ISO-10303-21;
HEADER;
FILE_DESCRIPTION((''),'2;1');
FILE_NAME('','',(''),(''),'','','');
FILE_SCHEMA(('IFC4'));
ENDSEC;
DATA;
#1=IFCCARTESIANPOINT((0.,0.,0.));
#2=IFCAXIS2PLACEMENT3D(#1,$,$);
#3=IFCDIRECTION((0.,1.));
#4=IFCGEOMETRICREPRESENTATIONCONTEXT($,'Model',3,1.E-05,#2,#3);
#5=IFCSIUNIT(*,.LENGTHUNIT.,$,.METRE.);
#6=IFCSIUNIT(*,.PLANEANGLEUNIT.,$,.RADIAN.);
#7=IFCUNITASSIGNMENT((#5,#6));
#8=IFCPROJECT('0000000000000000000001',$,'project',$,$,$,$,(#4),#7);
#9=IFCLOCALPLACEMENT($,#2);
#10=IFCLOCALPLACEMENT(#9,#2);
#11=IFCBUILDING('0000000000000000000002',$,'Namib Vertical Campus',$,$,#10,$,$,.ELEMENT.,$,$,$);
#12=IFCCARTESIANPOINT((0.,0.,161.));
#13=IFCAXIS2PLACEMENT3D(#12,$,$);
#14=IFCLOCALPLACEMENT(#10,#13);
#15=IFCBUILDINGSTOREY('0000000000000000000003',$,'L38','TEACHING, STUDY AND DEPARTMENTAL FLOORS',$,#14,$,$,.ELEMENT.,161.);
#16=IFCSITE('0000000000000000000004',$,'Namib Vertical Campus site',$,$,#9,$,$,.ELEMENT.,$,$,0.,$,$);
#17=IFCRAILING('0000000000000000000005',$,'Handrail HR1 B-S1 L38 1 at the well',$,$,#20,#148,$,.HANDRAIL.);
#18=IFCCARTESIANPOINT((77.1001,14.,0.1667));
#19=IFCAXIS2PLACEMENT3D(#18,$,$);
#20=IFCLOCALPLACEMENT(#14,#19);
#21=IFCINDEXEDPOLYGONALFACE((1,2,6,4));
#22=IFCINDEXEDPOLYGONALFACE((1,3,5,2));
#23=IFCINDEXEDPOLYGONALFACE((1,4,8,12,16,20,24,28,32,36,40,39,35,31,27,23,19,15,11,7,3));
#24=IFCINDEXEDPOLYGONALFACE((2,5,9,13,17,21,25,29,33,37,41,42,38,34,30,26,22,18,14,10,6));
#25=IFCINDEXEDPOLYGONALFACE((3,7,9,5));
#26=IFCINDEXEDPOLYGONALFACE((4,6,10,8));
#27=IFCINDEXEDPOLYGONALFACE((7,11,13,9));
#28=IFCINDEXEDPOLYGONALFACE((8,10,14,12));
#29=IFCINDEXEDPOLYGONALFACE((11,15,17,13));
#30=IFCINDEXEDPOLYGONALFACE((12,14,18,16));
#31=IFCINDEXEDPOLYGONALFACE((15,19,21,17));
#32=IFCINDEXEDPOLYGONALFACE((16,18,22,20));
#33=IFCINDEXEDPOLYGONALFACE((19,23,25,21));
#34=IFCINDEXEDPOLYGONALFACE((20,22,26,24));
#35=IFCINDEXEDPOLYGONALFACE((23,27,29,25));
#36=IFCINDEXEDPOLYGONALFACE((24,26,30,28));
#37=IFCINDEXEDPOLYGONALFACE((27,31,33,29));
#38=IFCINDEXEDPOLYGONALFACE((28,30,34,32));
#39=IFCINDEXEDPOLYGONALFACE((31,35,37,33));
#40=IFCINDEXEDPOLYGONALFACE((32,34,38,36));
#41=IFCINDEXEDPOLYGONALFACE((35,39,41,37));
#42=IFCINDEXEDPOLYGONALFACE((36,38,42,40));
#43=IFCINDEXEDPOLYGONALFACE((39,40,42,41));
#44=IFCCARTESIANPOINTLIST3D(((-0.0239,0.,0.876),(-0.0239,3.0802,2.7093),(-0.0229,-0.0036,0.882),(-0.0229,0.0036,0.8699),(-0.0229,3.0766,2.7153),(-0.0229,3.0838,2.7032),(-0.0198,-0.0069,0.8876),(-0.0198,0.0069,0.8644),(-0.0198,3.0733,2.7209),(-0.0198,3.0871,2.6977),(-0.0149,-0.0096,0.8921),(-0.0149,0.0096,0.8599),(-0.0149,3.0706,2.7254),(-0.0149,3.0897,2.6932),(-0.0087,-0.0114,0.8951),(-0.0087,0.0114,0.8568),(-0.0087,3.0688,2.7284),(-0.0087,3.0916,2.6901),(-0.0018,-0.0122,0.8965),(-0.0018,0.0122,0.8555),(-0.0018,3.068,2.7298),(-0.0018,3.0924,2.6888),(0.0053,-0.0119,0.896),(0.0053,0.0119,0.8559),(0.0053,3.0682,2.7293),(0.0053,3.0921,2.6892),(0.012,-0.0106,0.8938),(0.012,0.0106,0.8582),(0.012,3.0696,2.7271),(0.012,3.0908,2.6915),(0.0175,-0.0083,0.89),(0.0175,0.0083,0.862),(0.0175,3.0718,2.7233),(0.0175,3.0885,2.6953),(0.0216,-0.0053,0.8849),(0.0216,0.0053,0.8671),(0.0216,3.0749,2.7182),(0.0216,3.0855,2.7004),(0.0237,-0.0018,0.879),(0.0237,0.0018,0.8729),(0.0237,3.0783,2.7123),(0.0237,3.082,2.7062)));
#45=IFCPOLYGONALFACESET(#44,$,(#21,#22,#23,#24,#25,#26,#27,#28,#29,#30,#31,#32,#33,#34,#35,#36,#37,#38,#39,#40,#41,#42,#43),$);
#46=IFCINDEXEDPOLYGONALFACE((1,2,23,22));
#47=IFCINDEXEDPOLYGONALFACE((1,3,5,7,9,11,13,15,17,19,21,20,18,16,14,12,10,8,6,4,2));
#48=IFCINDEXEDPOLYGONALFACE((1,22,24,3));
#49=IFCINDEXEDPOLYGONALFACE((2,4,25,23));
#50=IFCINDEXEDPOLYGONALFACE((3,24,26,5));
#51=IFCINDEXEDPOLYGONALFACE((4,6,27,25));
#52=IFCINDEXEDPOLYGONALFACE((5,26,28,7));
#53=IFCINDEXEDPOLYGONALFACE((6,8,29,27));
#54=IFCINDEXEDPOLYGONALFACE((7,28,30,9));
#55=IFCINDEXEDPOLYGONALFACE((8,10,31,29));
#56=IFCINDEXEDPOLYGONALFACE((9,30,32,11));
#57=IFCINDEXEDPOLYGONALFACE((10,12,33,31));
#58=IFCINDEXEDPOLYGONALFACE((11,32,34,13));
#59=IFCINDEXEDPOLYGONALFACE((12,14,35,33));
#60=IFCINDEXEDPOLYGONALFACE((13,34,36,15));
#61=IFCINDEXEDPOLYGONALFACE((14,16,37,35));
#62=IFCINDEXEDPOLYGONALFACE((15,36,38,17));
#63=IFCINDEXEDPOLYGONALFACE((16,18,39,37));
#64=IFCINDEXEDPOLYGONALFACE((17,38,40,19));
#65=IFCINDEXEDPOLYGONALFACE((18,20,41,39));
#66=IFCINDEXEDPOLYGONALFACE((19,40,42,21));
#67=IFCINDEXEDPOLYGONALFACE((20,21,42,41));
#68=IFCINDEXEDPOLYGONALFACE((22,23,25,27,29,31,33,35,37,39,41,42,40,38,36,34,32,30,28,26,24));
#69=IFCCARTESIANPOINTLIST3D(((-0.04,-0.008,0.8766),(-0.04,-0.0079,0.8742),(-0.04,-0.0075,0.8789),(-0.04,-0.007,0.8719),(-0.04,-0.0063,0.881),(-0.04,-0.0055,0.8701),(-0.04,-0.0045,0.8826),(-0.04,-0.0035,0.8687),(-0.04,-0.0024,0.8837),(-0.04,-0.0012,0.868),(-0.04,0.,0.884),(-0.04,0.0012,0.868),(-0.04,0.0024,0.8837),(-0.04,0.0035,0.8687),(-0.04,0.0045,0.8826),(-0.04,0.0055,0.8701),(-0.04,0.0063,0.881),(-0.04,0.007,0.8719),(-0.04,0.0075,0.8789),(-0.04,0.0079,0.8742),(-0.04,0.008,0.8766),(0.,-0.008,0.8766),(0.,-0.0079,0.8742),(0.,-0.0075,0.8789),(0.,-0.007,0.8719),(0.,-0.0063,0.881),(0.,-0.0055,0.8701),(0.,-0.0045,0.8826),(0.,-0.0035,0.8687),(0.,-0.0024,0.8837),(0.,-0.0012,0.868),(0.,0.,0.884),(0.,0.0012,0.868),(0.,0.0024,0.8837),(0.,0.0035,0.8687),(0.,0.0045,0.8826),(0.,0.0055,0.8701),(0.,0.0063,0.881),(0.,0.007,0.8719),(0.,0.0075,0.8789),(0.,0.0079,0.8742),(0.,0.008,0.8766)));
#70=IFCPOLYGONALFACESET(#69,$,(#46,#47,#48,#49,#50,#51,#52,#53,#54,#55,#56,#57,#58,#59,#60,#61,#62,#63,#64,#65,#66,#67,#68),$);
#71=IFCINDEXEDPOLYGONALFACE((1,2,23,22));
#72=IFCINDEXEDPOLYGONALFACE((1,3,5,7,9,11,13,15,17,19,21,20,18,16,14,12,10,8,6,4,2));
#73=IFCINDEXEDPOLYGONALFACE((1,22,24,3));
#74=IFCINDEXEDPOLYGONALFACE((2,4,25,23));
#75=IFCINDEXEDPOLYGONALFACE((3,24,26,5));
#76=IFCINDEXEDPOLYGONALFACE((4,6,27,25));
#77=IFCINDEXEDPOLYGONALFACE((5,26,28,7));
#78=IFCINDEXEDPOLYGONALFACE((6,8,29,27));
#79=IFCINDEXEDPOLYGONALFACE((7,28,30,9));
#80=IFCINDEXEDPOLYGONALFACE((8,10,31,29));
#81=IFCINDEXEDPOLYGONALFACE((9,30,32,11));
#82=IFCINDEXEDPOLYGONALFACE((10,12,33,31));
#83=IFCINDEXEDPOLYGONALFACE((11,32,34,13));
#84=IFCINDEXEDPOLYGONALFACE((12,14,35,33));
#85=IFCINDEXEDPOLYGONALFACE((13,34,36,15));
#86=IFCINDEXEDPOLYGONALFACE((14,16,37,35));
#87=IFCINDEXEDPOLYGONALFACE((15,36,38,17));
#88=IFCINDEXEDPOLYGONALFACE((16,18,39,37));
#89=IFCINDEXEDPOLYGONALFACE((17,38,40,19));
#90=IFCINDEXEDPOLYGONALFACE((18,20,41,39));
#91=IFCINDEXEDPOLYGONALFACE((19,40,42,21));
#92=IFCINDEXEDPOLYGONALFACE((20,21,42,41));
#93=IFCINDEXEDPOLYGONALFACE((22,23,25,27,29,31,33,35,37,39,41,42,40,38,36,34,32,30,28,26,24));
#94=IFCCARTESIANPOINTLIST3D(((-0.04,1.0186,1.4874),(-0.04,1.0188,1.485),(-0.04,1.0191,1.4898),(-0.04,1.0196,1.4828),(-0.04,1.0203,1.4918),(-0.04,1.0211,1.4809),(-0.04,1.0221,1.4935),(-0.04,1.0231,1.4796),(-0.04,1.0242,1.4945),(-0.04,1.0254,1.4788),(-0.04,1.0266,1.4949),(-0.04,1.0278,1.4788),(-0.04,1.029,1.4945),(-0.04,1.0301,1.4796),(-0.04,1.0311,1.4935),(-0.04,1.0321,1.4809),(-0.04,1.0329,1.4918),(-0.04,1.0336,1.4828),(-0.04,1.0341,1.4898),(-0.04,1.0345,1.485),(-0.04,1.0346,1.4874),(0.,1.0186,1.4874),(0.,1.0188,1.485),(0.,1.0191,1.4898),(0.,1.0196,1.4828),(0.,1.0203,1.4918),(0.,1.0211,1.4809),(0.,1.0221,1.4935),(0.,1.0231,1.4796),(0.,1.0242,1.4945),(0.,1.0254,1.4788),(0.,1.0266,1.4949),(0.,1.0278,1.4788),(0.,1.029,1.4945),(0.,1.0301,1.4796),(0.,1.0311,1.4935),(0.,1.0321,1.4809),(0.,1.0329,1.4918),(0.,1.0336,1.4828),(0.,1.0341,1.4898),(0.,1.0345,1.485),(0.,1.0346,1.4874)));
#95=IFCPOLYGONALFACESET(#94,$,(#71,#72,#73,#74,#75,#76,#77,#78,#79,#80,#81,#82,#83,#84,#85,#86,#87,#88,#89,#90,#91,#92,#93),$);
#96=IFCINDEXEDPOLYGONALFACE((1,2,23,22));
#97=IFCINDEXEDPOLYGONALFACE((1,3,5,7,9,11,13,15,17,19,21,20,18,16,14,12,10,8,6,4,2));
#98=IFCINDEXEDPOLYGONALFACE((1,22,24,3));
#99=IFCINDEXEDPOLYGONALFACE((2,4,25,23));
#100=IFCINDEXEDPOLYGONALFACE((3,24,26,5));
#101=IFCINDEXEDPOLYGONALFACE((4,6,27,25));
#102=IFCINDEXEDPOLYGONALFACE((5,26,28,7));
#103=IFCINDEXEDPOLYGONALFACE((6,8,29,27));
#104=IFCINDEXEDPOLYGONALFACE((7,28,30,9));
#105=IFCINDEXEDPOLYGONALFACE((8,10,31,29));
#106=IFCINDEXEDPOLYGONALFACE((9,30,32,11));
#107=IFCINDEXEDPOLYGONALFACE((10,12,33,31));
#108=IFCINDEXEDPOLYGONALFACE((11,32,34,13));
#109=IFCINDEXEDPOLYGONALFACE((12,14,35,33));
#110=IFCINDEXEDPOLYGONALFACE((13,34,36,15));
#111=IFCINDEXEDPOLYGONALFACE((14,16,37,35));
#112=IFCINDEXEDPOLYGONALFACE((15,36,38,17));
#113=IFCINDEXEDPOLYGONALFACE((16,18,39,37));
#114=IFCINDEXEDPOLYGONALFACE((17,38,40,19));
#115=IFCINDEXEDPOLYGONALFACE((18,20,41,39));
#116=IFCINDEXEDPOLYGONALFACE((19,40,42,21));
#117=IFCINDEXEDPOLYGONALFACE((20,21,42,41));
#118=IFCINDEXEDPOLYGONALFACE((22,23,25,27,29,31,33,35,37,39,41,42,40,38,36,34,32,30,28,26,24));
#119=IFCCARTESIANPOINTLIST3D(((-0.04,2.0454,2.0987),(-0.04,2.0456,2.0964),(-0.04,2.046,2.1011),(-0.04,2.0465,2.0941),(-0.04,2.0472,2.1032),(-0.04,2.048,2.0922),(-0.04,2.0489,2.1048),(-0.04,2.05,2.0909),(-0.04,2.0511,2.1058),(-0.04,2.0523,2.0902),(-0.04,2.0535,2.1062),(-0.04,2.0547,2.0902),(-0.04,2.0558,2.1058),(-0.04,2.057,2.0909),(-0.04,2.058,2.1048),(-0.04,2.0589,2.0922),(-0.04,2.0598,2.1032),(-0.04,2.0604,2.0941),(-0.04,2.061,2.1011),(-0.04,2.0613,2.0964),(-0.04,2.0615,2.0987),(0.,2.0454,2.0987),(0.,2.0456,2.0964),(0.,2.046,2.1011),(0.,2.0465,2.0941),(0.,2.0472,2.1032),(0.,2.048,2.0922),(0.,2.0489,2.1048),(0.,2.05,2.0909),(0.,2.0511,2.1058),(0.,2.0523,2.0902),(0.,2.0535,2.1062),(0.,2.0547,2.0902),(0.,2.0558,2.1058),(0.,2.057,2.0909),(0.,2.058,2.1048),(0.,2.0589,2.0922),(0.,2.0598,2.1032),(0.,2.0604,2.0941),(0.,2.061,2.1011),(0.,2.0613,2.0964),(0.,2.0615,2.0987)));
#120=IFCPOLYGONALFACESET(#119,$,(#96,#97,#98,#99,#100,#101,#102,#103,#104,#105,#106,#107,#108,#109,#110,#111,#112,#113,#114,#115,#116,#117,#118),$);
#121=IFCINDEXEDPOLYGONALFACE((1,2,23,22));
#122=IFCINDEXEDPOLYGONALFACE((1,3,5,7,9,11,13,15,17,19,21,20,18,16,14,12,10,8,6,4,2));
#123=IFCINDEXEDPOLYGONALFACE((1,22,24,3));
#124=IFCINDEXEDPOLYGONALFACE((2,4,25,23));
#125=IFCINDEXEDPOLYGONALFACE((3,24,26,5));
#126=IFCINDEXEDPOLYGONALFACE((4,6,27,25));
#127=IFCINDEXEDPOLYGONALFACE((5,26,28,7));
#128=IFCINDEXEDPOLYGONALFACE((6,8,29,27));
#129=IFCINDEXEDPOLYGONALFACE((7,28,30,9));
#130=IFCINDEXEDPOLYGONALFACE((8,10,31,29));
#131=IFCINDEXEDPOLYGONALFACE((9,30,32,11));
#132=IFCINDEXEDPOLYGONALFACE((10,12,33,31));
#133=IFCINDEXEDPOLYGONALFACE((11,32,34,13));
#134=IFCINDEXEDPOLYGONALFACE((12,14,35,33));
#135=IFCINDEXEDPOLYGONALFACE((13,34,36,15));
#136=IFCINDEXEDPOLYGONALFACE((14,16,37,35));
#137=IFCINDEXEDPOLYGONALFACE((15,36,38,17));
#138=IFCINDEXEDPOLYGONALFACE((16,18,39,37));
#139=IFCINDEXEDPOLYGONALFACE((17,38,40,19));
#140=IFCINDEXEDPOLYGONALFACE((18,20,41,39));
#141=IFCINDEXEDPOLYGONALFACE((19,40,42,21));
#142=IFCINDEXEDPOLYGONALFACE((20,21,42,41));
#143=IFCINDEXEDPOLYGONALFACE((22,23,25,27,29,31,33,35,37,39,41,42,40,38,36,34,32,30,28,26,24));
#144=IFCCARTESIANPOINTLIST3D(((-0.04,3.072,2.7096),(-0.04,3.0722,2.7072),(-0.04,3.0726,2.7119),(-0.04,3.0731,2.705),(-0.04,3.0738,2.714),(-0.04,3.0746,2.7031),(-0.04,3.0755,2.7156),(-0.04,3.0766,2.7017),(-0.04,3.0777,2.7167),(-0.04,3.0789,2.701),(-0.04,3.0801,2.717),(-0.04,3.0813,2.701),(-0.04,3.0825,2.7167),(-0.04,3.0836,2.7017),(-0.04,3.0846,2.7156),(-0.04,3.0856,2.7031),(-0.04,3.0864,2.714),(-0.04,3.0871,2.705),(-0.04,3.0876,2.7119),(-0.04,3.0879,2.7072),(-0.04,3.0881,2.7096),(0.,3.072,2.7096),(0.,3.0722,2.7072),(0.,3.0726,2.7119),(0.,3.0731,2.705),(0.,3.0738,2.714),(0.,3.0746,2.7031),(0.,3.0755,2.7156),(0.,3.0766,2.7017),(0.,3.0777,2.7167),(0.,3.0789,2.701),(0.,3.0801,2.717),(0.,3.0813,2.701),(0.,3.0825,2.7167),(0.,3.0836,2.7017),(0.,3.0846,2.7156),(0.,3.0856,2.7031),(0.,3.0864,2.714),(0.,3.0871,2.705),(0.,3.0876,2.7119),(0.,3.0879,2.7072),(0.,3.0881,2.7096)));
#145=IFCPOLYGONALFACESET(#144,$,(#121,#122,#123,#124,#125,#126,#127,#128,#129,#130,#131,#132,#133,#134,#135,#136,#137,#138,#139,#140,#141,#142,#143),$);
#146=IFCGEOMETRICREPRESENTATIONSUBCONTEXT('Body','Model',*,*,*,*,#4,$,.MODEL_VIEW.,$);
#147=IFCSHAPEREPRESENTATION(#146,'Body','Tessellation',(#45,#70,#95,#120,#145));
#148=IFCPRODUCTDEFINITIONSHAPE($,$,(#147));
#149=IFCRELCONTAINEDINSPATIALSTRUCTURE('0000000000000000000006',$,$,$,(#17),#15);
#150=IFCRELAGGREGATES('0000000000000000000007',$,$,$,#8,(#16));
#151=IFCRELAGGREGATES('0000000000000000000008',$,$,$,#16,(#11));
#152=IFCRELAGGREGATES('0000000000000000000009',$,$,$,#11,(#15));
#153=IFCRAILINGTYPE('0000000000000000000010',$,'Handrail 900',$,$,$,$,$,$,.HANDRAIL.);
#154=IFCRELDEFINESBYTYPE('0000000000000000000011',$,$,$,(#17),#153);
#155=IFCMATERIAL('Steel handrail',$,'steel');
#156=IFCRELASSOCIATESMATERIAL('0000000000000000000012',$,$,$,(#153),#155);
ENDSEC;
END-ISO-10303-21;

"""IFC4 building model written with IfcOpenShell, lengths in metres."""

from ifc_helpers import new_model, si_unit, direction, frame, origin, origin_2d, place, context, subcontext, project, spatial, circle, extrude, material, type_object, element, save


model = new_model("IFC4")

# Units and contexts
model_context = context("Model", 3, precision=1e-05, world=origin(), true_north=direction((0.0, 1.0)))
body_context = subcontext(model_context, "Body", "Model", "MODEL_VIEW")
ifc_project = project(units=[si_unit("LENGTHUNIT", "METRE"), si_unit("PLANEANGLEUNIT", "RADIAN")], contexts=[model_context])

# Site, building, storey
site_placement = place(None, origin())
site = spatial("IfcSite", under=ifc_project, at=site_placement, Name="Namib Vertical Campus site", CompositionType="ELEMENT", RefElevation=0.0)
building_placement = place(site_placement, origin())
building = spatial("IfcBuilding", under=site, at=building_placement, Name="Namib Vertical Campus", CompositionType="ELEMENT")
storey_placement = place(building_placement, frame((0.0, 0.0, 161.0)))
storey = spatial("IfcBuildingStorey", under=building, at=storey_placement, Name="L38", Description="TEACHING, STUDY AND DEPARTMENTAL FLOORS", CompositionType="ELEMENT", Elevation=161.0)

# Railing
ifc_material_1 = material(Name="Steel handrail", Category="steel")
railing_type_1 = type_object("IfcRailingType", Name="Handrail 900", PredefinedType="HANDRAIL", material=ifc_material_1)
railing_1_placement = place(storey_placement, frame((77.1001, 14.0, 0.1667)))
element("IfcRailing", 1, at=railing_1_placement, inside=storey, type_object=railing_type_1, Name="Handrail HR1 B-S1 L38 1 at the well", PredefinedType="HANDRAIL", context=body_context, shape_type="SweptSolid", body=[
    extrude(circle(Radius=0.0239, at=origin_2d()), frame((0.0, 0.0, 0.876), z_axis=(0.0, 0.859309, 0.511458), x_axis=(-1.0, 0.0, 0.0)), (0.0, 0.0, 1.0), 3.5845),
    extrude(circle(Radius=0.0081, at=origin_2d()), frame((0.0, 0.0, 0.876), z_axis=(-1.0, 0.0, 0.0), x_axis=(0.0, 0.0, 1.0)), (0.0, 0.0, 1.0), 0.04),
    extrude(circle(Radius=0.0081, at=origin_2d()), frame((0.0, 1.0266, 1.4868), z_axis=(-1.0, 0.0, 0.0), x_axis=(0.0, 0.0, 1.0)), (0.0, 0.0, 1.0), 0.04),
    extrude(circle(Radius=0.0081, at=origin_2d()), frame((0.0, 2.0535, 2.0981), z_axis=(-1.0, 0.0, 0.0), x_axis=(0.0, 0.0, 1.0)), (0.0, 0.0, 1.0), 0.04),
    extrude(circle(Radius=0.0081, at=origin_2d()), frame((0.0, 3.0801, 2.709), z_axis=(-1.0, 0.0, 0.0), x_axis=(0.0, 0.0, 1.0)), (0.0, 0.0, 1.0), 0.04),
])

save(model, "model.ifc")
